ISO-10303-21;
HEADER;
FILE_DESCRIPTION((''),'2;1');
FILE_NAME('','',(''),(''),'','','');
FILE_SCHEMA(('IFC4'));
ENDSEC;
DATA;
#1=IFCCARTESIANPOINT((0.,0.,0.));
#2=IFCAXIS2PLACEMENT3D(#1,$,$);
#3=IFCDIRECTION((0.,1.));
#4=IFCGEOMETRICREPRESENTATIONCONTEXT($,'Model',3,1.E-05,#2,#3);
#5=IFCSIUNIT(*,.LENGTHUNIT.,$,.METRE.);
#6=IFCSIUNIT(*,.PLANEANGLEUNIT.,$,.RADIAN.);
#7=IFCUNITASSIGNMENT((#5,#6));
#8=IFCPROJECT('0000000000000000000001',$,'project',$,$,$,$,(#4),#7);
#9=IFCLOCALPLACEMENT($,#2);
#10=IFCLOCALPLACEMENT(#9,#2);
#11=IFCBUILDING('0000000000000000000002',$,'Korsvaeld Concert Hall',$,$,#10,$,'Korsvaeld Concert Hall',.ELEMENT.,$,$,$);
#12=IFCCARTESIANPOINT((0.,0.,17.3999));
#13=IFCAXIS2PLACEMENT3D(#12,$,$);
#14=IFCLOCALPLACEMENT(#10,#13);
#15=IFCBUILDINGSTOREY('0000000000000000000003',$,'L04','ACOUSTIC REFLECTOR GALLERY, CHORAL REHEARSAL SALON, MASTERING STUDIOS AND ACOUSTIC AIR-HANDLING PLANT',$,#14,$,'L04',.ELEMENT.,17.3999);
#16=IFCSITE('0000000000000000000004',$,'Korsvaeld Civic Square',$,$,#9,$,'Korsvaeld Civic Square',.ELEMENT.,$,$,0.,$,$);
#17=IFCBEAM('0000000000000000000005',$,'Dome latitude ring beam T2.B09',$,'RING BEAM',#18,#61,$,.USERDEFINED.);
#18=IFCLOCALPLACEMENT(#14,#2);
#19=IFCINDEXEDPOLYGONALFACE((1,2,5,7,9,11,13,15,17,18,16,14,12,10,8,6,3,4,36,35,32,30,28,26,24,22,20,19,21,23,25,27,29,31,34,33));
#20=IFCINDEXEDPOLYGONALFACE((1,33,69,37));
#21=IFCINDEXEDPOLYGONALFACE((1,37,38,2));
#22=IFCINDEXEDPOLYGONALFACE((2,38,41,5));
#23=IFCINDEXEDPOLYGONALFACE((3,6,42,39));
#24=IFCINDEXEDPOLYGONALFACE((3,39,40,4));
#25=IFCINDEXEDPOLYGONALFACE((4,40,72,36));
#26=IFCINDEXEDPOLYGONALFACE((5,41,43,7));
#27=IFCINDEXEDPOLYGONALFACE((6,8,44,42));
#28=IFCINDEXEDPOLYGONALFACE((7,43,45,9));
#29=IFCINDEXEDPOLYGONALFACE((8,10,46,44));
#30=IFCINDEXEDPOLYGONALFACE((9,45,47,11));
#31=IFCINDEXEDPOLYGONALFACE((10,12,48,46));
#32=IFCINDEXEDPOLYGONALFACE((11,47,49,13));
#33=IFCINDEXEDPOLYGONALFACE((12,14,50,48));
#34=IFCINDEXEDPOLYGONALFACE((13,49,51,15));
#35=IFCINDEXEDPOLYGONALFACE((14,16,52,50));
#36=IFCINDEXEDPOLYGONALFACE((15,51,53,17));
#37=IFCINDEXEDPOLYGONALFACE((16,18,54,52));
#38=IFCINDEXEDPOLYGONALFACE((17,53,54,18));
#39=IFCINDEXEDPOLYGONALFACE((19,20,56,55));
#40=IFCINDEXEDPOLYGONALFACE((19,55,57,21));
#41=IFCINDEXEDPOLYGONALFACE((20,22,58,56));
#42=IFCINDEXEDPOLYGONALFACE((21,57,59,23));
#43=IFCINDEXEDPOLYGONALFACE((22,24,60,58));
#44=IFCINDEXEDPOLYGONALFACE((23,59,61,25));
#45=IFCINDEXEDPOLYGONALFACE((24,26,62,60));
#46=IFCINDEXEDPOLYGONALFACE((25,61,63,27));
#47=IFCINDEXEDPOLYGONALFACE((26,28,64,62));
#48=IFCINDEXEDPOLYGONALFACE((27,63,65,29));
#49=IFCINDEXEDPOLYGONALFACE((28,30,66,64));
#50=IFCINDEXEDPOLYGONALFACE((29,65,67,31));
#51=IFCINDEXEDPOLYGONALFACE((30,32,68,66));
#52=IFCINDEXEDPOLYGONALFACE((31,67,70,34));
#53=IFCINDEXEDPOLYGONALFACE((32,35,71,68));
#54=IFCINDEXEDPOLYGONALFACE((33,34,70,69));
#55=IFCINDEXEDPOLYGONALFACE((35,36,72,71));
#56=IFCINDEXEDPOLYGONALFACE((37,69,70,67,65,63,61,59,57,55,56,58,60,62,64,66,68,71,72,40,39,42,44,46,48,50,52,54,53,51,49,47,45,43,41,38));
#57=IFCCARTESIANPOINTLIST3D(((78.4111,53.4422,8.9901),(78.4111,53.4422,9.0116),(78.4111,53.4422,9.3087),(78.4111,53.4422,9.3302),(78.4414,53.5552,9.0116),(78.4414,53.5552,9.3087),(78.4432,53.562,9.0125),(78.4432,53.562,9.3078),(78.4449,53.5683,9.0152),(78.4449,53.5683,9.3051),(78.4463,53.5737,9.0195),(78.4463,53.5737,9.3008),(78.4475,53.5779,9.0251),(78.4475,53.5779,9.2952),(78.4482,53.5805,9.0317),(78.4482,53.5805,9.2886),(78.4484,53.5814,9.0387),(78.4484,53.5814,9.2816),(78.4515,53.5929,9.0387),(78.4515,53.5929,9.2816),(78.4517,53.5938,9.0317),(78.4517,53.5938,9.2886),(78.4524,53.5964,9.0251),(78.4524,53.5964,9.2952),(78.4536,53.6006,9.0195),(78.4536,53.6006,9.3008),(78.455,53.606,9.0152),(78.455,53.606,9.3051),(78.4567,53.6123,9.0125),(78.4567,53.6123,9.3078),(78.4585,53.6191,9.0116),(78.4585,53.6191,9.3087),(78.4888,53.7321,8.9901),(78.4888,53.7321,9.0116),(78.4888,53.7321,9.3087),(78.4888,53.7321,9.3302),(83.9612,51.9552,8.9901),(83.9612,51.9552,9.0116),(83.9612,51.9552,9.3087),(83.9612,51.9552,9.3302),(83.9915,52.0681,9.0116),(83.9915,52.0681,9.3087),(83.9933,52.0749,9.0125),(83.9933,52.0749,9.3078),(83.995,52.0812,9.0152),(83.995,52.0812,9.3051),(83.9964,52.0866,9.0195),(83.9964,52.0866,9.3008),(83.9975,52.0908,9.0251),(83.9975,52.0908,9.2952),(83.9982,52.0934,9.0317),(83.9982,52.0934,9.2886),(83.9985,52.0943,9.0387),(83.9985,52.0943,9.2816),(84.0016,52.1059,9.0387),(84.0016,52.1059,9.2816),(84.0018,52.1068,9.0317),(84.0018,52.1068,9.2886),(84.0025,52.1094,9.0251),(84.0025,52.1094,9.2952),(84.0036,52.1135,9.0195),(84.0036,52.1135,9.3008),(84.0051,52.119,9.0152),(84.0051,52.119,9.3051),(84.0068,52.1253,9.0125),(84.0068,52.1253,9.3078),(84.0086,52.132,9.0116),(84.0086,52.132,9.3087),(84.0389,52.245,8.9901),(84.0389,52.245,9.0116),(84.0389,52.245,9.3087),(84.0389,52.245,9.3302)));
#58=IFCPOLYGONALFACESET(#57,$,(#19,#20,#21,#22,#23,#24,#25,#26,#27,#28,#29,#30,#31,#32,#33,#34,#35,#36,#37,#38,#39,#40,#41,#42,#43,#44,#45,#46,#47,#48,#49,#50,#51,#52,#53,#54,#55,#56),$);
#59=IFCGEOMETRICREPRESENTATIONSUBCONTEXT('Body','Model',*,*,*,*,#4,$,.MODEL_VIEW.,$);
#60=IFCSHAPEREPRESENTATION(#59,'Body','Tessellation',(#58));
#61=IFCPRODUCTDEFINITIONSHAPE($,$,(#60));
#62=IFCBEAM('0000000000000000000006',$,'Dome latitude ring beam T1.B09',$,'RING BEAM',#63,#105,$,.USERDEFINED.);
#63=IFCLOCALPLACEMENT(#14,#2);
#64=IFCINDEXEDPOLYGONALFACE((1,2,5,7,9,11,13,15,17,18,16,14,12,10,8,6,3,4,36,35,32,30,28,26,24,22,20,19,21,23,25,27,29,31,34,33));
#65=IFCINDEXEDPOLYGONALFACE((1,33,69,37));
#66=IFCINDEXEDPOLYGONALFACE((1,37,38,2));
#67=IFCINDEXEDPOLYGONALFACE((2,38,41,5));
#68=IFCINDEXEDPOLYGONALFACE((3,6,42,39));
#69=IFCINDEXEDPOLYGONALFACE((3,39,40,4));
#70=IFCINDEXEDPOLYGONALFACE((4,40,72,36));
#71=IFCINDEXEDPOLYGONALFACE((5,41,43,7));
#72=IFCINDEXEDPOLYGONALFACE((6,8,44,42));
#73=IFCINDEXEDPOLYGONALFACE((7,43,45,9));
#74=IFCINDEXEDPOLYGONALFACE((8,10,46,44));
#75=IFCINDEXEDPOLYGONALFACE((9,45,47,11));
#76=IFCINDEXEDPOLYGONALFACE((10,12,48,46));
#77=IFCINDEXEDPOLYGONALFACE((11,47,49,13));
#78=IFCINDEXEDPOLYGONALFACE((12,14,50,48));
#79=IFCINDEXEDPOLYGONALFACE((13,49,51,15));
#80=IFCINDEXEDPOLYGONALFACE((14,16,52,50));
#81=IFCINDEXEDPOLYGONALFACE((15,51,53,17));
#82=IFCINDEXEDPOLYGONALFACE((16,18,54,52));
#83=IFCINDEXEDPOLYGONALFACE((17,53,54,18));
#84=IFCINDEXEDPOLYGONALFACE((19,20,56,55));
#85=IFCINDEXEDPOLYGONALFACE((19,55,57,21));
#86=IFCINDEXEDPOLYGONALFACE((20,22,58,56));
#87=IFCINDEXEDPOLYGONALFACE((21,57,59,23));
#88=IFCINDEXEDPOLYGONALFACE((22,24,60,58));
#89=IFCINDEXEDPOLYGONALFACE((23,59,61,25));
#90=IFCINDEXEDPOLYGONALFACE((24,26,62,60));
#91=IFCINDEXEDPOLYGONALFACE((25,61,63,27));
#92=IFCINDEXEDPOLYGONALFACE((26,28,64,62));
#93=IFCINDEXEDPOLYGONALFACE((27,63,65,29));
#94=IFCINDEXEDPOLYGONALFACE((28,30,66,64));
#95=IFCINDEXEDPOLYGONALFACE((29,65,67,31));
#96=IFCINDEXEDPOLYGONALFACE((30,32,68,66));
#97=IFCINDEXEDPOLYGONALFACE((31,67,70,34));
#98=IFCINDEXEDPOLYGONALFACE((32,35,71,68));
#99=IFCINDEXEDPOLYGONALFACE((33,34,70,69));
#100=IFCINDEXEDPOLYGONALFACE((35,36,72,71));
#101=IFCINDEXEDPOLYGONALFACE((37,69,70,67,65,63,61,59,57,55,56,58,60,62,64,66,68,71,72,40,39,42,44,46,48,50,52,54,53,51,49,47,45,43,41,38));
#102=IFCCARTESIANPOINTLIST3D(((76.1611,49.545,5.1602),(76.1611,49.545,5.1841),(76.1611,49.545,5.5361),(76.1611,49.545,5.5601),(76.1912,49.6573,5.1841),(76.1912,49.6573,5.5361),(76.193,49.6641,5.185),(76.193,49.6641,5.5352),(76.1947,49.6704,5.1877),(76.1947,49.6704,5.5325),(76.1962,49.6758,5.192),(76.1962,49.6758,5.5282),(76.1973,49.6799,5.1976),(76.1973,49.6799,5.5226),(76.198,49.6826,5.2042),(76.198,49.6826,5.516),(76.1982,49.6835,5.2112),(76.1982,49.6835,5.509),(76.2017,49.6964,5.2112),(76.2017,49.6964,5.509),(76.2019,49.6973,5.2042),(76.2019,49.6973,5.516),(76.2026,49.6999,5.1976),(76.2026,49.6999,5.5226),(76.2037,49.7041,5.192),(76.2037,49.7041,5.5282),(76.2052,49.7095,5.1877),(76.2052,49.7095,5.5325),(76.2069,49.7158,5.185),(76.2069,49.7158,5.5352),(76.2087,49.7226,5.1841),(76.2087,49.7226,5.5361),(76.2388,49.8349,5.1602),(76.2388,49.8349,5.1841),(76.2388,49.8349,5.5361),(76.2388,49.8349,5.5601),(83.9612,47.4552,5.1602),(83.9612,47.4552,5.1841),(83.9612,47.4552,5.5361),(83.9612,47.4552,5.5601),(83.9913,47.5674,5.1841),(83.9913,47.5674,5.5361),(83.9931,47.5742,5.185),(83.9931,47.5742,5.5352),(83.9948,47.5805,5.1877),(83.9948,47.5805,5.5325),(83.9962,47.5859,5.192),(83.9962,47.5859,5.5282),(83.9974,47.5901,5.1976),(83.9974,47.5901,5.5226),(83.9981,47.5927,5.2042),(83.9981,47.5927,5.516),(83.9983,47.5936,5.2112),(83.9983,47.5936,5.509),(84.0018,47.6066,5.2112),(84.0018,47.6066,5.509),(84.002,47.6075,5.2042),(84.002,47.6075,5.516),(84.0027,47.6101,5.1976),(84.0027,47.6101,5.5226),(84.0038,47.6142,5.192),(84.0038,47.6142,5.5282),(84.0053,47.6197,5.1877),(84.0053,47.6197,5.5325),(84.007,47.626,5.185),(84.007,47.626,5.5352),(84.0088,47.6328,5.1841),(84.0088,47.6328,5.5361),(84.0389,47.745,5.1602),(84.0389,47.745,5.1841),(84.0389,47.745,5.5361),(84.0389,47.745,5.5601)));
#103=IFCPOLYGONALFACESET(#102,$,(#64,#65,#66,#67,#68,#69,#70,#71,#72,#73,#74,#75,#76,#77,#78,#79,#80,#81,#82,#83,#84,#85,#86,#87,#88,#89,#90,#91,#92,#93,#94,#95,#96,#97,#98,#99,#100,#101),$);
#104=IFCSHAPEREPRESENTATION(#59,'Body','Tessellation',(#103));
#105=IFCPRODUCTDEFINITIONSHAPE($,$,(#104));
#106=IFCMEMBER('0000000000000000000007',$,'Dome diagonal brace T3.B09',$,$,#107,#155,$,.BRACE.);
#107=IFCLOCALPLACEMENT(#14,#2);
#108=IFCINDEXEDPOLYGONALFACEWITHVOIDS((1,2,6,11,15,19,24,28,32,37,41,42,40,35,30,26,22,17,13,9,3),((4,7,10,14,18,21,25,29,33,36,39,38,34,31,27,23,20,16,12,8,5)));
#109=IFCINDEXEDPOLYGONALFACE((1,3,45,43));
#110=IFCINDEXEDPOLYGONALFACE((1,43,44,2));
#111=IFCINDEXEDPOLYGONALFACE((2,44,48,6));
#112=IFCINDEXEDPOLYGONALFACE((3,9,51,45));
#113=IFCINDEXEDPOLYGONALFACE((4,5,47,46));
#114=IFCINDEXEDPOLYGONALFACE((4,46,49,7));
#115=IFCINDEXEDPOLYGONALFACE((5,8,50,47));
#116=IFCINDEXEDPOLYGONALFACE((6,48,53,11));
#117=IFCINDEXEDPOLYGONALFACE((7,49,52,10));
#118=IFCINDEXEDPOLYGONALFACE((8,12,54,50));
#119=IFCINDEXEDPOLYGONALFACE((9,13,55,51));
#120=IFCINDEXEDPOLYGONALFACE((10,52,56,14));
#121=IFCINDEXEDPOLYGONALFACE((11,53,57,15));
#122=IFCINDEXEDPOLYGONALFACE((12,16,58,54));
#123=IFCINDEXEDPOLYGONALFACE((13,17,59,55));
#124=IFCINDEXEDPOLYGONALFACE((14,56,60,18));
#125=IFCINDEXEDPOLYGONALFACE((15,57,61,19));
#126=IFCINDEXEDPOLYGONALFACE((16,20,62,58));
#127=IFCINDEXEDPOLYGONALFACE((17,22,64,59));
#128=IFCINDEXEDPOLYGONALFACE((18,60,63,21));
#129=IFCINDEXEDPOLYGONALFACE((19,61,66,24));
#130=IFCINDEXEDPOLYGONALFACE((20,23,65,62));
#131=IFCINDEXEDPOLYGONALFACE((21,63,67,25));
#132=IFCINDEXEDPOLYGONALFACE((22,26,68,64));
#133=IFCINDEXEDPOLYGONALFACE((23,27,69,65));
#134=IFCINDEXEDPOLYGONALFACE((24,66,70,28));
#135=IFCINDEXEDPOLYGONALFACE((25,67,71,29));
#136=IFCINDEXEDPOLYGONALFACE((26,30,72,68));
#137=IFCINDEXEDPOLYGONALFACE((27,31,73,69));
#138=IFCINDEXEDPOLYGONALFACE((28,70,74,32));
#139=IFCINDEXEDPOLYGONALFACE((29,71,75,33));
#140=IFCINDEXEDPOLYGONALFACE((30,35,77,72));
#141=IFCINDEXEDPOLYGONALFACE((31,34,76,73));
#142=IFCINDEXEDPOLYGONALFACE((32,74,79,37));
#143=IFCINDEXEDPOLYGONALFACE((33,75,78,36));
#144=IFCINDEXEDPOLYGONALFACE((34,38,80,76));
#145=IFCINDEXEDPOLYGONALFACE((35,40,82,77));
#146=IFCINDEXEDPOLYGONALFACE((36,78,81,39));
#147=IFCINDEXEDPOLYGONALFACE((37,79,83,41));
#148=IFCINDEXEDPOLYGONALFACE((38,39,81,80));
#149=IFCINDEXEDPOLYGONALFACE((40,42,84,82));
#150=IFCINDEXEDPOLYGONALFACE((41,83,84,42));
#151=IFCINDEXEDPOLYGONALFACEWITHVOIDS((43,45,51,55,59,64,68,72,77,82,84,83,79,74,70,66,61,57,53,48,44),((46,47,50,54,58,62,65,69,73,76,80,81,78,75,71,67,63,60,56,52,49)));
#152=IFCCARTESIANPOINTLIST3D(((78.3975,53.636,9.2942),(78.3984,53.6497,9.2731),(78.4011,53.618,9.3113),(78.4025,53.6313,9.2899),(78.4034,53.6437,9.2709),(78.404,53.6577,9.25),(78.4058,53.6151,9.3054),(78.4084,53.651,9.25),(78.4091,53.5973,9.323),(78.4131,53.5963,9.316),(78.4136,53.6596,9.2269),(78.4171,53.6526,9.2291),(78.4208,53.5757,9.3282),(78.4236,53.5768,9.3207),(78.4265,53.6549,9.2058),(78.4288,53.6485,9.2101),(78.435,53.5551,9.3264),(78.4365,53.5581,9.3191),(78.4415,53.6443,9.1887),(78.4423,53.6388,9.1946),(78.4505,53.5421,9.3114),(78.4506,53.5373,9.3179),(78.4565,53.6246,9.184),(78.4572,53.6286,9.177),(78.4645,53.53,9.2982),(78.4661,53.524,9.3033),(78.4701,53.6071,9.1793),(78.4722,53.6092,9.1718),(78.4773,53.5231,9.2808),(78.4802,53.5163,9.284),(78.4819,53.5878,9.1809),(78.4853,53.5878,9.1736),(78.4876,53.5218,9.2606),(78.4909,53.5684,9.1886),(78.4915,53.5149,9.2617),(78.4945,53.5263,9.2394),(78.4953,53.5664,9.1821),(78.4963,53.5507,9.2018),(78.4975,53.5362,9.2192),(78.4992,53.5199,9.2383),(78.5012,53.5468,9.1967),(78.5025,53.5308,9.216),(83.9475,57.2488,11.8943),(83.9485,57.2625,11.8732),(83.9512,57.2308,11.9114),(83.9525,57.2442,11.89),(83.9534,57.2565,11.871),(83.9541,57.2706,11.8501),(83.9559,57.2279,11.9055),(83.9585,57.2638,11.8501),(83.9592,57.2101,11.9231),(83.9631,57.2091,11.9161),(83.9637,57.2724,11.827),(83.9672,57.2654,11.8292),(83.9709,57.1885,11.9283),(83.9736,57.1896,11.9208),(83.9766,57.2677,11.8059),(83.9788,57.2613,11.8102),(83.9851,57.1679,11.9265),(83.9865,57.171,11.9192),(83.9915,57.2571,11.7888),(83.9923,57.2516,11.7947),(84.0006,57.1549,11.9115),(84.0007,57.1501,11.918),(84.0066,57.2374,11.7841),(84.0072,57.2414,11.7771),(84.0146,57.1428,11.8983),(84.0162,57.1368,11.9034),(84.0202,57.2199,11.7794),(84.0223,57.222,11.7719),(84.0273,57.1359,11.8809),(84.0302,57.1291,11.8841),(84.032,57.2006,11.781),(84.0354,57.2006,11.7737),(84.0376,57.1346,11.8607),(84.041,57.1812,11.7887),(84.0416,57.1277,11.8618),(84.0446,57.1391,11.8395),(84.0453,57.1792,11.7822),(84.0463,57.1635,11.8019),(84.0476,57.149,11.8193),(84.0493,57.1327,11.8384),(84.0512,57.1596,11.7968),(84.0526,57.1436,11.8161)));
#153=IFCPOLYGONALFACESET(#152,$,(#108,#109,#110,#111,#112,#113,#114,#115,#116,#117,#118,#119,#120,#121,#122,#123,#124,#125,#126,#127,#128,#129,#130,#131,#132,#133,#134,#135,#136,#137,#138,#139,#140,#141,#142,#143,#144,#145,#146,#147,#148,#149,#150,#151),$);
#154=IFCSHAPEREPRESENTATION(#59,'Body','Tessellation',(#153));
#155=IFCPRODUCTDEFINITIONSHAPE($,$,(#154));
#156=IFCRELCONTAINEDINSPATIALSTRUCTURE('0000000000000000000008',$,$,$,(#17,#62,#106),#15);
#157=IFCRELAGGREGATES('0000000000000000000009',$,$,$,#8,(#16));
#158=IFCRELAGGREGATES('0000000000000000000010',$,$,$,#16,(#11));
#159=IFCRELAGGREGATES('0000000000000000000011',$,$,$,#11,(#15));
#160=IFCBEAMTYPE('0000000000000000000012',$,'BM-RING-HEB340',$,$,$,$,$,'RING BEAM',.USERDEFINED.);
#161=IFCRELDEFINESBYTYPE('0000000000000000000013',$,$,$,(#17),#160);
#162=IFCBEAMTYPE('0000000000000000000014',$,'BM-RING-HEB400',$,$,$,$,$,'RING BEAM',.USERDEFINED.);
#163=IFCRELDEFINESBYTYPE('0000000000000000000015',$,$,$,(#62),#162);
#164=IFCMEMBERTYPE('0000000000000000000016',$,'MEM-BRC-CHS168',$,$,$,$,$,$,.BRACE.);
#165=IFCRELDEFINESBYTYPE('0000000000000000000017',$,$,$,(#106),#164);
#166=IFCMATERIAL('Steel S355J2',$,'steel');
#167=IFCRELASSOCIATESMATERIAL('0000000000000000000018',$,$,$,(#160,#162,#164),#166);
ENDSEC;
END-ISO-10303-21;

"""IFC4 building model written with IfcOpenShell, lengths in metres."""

from ifc_helpers import new_model, si_unit, direction, frame, origin, origin_2d, place, context, subcontext, project, spatial, hollow_circle, i_section, extrude, material, material_profile, profile_set, type_object, element, save


model = new_model("IFC4")

# Units and contexts
model_context = context("Model", 3, precision=1e-05, world=origin(), true_north=direction((0.0, 1.0)))
body_context = subcontext(model_context, "Body", "Model", "MODEL_VIEW")
ifc_project = project(units=[si_unit("LENGTHUNIT", "METRE"), si_unit("PLANEANGLEUNIT", "RADIAN")], contexts=[model_context])

# Site, building, storey
site_placement = place(None, origin())
site = spatial("IfcSite", under=ifc_project, at=site_placement, Name="Korsvaeld Civic Square", LongName="Korsvaeld Civic Square", CompositionType="ELEMENT", RefElevation=0.0)
building_placement = place(site_placement, origin())
building = spatial("IfcBuilding", under=site, at=building_placement, Name="Korsvaeld Concert Hall", LongName="Korsvaeld Concert Hall", CompositionType="ELEMENT")
storey_placement = place(building_placement, frame((0.0, 0.0, 17.3999)))
storey = spatial("IfcBuildingStorey", under=building, at=storey_placement, Name="L04", Description="ACOUSTIC REFLECTOR GALLERY, CHORAL REHEARSAL SALON, MASTERING STUDIOS AND ACOUSTIC AIR-HANDLING PLANT", LongName="L04", CompositionType="ELEMENT", Elevation=17.3999)

# Beams
ifc_material_1 = material(Name="Steel S355J2", Category="steel")
ifc_material_profile_1 = material_profile(ifc_material_1, i_section(OverallWidth=0.3, OverallDepth=0.3401, WebThickness=0.012, FlangeThickness=0.0215, FilletRadius=0.0271, at=origin_2d()), Name="HEB 340")
ifc_profile_set_1 = profile_set([ifc_material_profile_1], Name="Steel S355J2")
beam_type_1 = type_object("IfcBeamType", Name="BM-RING-HEB340", ElementType="RING BEAM", PredefinedType="USERDEFINED", material=ifc_profile_set_1)
beam_1_placement = place(storey_placement, frame((78.45, 53.5872, 9.1602), z_axis=(0.965929, -0.258808, 0.0), x_axis=(0.258808, 0.965929, 0.0)))
element("IfcBeam", 1, at=beam_1_placement, inside=storey, type_object=beam_type_1, Name="Dome latitude ring beam T2.B09", ObjectType="RING BEAM", PredefinedType="USERDEFINED", context=body_context, shape_type="SweptSolid", body=[
    extrude(i_section(OverallWidth=0.3, OverallDepth=0.3401, WebThickness=0.012, FlangeThickness=0.0215, FilletRadius=0.0271, at=origin_2d()), origin(), (0.0, 0.0, 1.0), 5.7458),
])
ifc_material_profile_2 = material_profile(ifc_material_1, i_section(OverallWidth=0.3, OverallDepth=0.3999, WebThickness=0.0134, FlangeThickness=0.0239, FilletRadius=0.0271, at=origin_2d()), Name="HEB 400")
ifc_profile_set_2 = profile_set([ifc_material_profile_2], Name="Steel S355J2")
beam_type_2 = type_object("IfcBeamType", Name="BM-RING-HEB400", ElementType="RING BEAM", PredefinedType="USERDEFINED", material=ifc_profile_set_2)
beam_2_placement = place(storey_placement, frame((76.2, 49.6899, 5.3601), z_axis=(0.965931, -0.258799, 0.0), x_axis=(0.258799, 0.965931, 0.0)))
element("IfcBeam", 2, at=beam_2_placement, inside=storey, type_object=beam_type_2, Name="Dome latitude ring beam T1.B09", ObjectType="RING BEAM", PredefinedType="USERDEFINED", context=body_context, shape_type="SweptSolid", body=[
    extrude(i_section(OverallWidth=0.3, OverallDepth=0.3999, WebThickness=0.0134, FlangeThickness=0.0239, FilletRadius=0.0271, at=origin_2d()), origin(), (0.0, 0.0, 1.0), 8.0752),
])

# Member
ifc_material_profile_3 = material_profile(ifc_material_1, hollow_circle(Radius=0.0842, WallThickness=0.0081, at=origin_2d()), Name="CHS 168.3x8")
ifc_profile_set_3 = profile_set([ifc_material_profile_3], Name="Steel S355J2")
member_type_1 = type_object("IfcMemberType", Name="MEM-BRC-CHS168", PredefinedType="BRACE", material=ifc_profile_set_3)
member_1_placement = place(storey_placement, frame((78.45, 53.5872, 9.25), z_axis=(0.780106, 0.507808, 0.365466), x_axis=(-0.545547, 0.83808, 0.0)))
element("IfcMember", 3, at=member_1_placement, inside=storey, type_object=member_type_1, Name="Dome diagonal brace T3.B09", PredefinedType="BRACE", context=body_context, shape_type="SweptSolid", body=[
    extrude(hollow_circle(Radius=0.0842, WallThickness=0.0081, at=origin_2d()), origin(), (0.0, 0.0, 1.0), 7.1145),
])

save(model, "model.ifc")
